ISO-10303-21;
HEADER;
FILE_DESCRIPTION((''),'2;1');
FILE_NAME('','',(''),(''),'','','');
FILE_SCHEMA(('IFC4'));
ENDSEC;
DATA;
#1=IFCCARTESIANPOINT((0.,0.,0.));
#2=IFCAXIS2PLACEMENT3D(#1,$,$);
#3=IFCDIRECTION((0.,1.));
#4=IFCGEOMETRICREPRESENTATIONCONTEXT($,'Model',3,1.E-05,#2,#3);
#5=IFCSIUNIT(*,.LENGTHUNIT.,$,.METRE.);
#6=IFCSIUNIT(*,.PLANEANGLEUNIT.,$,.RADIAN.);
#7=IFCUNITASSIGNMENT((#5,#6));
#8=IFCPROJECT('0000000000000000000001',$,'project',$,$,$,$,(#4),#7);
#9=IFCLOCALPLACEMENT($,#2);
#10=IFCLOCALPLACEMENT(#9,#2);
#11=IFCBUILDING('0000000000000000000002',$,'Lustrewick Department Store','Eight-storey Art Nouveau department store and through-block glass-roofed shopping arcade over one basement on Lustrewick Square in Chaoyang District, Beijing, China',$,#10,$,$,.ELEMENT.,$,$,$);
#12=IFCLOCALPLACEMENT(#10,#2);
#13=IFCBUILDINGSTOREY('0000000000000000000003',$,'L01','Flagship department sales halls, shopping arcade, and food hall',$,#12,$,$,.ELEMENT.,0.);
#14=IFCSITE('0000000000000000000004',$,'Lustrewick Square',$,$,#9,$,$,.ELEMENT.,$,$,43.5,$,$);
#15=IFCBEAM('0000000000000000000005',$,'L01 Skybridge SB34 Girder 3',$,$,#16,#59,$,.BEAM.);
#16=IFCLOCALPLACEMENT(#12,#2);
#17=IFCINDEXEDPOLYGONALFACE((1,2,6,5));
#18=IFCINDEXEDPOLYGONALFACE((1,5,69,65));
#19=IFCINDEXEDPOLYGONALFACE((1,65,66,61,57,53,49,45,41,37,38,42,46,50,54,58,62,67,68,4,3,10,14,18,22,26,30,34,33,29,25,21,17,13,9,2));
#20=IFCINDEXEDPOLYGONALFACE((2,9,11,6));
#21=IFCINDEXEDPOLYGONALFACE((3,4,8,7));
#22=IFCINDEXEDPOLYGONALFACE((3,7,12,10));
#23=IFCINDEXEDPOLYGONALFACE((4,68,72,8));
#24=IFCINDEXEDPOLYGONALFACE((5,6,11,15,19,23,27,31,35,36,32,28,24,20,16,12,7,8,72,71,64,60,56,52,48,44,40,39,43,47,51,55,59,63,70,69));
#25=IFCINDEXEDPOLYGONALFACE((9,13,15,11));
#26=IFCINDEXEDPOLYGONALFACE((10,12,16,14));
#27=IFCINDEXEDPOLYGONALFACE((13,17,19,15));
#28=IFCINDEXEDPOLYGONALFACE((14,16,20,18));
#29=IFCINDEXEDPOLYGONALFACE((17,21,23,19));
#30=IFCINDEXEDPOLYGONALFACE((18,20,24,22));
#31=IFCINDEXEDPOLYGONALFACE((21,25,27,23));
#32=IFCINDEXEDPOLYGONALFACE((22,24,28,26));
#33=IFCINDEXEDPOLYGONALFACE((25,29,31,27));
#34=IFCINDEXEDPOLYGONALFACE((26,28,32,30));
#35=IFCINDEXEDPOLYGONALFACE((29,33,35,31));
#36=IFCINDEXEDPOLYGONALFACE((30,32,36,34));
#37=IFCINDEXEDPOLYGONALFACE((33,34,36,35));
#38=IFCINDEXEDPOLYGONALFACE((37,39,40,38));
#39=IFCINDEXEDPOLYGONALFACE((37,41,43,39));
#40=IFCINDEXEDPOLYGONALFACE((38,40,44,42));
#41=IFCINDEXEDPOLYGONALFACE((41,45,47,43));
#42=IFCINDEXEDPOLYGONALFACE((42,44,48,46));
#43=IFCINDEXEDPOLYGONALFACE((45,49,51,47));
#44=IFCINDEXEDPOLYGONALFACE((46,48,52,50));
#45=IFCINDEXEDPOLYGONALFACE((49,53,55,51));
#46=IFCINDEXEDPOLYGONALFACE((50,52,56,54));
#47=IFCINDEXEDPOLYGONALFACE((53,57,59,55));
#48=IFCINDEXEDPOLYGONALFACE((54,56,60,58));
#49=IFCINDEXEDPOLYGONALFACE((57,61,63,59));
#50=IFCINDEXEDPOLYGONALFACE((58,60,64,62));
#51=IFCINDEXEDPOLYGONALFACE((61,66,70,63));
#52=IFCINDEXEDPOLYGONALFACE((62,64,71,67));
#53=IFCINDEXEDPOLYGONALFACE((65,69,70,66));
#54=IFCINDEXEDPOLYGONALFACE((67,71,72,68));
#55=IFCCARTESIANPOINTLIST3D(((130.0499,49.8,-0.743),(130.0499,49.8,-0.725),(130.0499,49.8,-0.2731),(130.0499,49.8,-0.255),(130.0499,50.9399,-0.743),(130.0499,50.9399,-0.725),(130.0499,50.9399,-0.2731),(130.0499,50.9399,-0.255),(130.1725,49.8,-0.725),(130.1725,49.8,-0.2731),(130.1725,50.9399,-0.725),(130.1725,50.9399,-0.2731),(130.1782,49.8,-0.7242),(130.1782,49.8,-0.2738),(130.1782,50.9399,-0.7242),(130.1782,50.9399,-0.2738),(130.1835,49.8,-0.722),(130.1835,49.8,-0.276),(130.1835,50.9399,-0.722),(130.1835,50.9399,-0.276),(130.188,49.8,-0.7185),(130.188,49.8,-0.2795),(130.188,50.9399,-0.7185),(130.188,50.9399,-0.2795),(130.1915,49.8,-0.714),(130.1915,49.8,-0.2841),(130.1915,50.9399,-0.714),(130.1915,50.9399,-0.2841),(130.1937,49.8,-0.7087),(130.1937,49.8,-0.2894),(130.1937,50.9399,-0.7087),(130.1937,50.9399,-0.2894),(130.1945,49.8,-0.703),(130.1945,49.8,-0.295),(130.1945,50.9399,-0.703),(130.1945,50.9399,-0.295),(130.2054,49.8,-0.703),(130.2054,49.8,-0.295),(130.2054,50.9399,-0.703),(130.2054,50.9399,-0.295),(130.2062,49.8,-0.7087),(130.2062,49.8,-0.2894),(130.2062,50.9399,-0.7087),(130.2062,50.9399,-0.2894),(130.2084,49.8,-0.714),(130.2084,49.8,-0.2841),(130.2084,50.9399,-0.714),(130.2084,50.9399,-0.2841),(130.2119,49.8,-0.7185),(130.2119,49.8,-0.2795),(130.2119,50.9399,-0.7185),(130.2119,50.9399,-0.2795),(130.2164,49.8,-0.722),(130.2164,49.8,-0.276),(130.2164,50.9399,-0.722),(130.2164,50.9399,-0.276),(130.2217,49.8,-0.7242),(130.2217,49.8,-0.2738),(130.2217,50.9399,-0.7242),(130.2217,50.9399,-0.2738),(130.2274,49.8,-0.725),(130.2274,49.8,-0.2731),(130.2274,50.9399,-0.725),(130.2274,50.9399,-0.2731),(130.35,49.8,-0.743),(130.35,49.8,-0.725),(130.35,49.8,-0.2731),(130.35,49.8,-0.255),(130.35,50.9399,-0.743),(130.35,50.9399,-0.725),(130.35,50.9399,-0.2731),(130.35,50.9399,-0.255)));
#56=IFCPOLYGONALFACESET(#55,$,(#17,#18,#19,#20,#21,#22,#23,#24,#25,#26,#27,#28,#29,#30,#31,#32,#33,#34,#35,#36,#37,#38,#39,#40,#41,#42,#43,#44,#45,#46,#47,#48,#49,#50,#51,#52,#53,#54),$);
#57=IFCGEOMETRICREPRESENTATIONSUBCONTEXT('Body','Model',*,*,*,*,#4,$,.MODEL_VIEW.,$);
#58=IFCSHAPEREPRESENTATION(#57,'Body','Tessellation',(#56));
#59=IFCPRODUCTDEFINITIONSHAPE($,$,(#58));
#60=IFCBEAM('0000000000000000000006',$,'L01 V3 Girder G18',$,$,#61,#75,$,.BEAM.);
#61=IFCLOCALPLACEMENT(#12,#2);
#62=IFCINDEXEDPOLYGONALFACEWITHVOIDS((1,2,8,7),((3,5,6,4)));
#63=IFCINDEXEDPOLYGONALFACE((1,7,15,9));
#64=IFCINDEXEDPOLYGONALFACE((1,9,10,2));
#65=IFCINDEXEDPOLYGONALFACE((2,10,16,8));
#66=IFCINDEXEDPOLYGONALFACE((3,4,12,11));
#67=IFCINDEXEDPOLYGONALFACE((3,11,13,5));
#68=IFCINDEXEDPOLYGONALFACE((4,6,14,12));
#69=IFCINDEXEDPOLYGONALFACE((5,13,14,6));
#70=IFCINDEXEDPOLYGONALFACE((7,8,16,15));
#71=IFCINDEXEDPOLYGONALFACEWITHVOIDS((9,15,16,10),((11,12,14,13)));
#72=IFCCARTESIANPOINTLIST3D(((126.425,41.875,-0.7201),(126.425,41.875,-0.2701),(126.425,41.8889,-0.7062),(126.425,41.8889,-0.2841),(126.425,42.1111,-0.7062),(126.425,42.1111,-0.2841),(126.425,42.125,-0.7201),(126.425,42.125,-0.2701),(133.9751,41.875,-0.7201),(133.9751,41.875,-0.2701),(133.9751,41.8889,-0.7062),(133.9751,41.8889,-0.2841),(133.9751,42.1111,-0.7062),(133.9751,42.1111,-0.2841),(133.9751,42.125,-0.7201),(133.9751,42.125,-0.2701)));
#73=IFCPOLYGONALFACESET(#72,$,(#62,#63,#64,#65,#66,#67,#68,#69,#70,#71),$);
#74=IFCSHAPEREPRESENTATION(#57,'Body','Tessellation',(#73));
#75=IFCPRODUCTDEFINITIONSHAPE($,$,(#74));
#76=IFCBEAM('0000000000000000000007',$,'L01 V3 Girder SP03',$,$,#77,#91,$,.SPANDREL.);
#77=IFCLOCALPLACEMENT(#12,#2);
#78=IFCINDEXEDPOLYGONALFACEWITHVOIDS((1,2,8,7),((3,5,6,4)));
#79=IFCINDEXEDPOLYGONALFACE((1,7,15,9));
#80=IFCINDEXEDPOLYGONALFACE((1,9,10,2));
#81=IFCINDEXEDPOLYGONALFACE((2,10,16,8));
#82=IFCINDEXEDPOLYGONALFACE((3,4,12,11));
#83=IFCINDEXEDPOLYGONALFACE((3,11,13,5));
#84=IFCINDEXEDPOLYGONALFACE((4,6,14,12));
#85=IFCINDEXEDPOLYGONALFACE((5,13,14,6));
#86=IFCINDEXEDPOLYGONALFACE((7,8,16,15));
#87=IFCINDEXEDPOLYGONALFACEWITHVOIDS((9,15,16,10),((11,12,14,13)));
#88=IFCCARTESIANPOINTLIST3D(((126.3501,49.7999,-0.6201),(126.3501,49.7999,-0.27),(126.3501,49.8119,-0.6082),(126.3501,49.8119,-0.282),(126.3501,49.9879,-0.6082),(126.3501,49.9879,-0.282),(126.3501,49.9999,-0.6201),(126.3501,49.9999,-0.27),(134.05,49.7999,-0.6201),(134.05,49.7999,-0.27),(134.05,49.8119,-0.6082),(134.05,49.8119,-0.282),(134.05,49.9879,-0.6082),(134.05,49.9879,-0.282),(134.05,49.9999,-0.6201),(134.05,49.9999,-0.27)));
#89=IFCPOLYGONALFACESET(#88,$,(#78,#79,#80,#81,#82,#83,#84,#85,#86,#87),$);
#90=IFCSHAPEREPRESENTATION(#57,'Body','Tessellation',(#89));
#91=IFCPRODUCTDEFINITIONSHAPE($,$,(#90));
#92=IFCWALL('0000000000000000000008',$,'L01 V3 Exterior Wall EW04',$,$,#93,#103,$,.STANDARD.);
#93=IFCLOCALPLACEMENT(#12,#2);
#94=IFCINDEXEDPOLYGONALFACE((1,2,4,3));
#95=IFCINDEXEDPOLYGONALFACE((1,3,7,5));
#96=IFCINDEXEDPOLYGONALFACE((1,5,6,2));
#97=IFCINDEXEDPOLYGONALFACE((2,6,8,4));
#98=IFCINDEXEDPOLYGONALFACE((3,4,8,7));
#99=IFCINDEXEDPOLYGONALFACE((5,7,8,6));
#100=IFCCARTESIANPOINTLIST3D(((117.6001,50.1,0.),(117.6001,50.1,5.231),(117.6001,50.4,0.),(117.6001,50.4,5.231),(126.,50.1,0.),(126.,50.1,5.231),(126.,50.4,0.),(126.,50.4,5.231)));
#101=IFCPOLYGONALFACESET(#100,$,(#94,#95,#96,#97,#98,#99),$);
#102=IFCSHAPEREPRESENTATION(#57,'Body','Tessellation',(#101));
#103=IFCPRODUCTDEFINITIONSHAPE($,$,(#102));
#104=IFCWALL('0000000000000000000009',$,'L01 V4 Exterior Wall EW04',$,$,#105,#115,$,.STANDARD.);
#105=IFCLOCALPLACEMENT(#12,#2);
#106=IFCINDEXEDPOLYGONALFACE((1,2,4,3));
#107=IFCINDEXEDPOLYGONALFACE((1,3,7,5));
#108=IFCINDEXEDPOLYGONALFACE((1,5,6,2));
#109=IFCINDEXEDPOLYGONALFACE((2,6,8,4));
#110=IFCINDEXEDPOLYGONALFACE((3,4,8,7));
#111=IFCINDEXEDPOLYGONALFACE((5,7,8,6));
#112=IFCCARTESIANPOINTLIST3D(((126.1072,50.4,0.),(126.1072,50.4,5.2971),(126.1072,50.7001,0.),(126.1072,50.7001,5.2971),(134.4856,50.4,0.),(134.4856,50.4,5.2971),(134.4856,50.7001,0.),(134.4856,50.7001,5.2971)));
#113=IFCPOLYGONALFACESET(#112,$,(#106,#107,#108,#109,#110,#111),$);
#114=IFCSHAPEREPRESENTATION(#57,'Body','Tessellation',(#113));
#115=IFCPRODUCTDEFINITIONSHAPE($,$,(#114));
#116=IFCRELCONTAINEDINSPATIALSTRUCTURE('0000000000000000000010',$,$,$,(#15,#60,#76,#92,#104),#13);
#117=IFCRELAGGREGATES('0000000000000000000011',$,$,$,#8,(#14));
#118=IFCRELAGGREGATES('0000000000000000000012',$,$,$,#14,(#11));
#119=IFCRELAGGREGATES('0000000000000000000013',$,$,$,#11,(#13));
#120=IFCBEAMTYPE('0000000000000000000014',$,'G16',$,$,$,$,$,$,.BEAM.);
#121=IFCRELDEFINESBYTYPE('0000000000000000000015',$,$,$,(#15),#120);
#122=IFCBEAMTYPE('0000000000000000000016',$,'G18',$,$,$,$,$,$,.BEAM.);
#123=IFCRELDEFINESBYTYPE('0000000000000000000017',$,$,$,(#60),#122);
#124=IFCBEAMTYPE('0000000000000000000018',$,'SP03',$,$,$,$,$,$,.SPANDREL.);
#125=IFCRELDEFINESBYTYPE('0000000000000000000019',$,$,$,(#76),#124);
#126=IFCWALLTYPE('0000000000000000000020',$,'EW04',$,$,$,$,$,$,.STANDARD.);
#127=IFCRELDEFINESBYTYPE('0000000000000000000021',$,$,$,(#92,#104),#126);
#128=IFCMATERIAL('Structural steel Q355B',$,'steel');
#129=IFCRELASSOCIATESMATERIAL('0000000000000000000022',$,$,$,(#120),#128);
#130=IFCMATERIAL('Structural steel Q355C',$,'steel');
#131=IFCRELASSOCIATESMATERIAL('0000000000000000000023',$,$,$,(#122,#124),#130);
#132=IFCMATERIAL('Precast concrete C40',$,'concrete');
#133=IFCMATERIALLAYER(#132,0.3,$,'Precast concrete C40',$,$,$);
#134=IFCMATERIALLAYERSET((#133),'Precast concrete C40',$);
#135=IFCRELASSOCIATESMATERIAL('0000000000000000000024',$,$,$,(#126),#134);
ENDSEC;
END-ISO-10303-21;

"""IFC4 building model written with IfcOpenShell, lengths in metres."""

from ifc_helpers import new_model, si_unit, direction, frame, frame_2d, origin, origin_2d, place, context, subcontext, project, spatial, rectangle, hollow_rectangle, i_section, extrude, material, layer, layer_set, material_profile, profile_set, type_object, element, save


model = new_model("IFC4")

# Units and contexts
model_context = context("Model", 3, precision=1e-05, world=origin(), true_north=direction((0.0, 1.0)))
body_context = subcontext(model_context, "Body", "Model", "MODEL_VIEW")
ifc_project = project(units=[si_unit("LENGTHUNIT", "METRE"), si_unit("PLANEANGLEUNIT", "RADIAN")], contexts=[model_context])

# Site, building, storey
site_placement = place(None, origin())
site = spatial("IfcSite", under=ifc_project, at=site_placement, Name="Lustrewick Square", CompositionType="ELEMENT", RefElevation=43.5)
building_placement = place(site_placement, origin())
building = spatial("IfcBuilding", under=site, at=building_placement, Name="Lustrewick Department Store", Description="Eight-storey Art Nouveau department store and through-block glass-roofed shopping arcade over one basement on Lustrewick Square in Chaoyang District, Beijing, China", CompositionType="ELEMENT")
storey_placement = place(building_placement, origin())
storey = spatial("IfcBuildingStorey", under=building, at=storey_placement, Name="L01", Description="Flagship department sales halls, shopping arcade, and food hall", CompositionType="ELEMENT", Elevation=0.0)

# Shared definitions
ifc_material_1 = material(Name="Structural steel Q355B", Category="steel")

# Shared definitions
ifc_material_2 = material(Name="Structural steel Q355C", Category="steel")

# Beams
ifc_material_profile_1 = material_profile(ifc_material_1, i_section(OverallWidth=0.3, OverallDepth=0.488, WebThickness=0.011, FlangeThickness=0.0181, FilletRadius=0.022, at=origin_2d()), Name="HM 488x300x11x18")
ifc_profile_set_1 = profile_set([ifc_material_profile_1], Name="Structural steel Q355B")
beam_type_1 = type_object("IfcBeamType", Name="G16", PredefinedType="BEAM", material=ifc_profile_set_1)
for number, where, z_axis, x_axis, name in (
    (1, (130.2, 49.8, -0.499), (0.0, 1.0, 0.0), (-1.0, 0.0, 0.0), "L01 Skybridge SB34 Girder 3"),
):
    element("IfcBeam", number, at=place(storey_placement, frame(where, z_axis=z_axis, x_axis=x_axis)), inside=storey, type_object=beam_type_1, Name=name, PredefinedType="BEAM", context=body_context, shape_type="SweptSolid", body=[
        extrude(i_section(OverallWidth=0.3, OverallDepth=0.488, WebThickness=0.011, FlangeThickness=0.0181, FilletRadius=0.022, at=origin_2d()), origin(), (0.0, 0.0, 1.0), 1.1399),
    ])
ifc_material_profile_2 = material_profile(ifc_material_2, hollow_rectangle(XDim=0.25, YDim=0.45, WallThickness=0.0139, at=origin_2d()), Name="RHS 450x250x14")
ifc_profile_set_2 = profile_set([ifc_material_profile_2], Name="Structural steel Q355C")
beam_type_2 = type_object("IfcBeamType", Name="G18", PredefinedType="BEAM", material=ifc_profile_set_2)
beam_1_placement = place(storey_placement, frame((126.425, 42.0, -0.4951), z_axis=(1.0, 0.0, 0.0), x_axis=(0.0, 1.0, 0.0)))
element("IfcBeam", 2, at=beam_1_placement, inside=storey, type_object=beam_type_2, Name="L01 V3 Girder G18", PredefinedType="BEAM", context=body_context, shape_type="SweptSolid", body=[
    extrude(hollow_rectangle(XDim=0.25, YDim=0.45, WallThickness=0.0139, at=origin_2d()), origin(), (0.0, 0.0, 1.0), 7.55),
])
ifc_material_profile_3 = material_profile(ifc_material_2, hollow_rectangle(XDim=0.2, YDim=0.3501, WallThickness=0.012, at=origin_2d()), Name="RHS 350x200x12")
ifc_profile_set_3 = profile_set([ifc_material_profile_3], Name="Structural steel Q355C")
beam_type_3 = type_object("IfcBeamType", Name="SP03", PredefinedType="SPANDREL", material=ifc_profile_set_3)
beam_2_placement = place(storey_placement, frame((126.3501, 49.8999, -0.4451), z_axis=(1.0, 0.0, 0.0), x_axis=(0.0, 1.0, 0.0)))
element("IfcBeam", 3, at=beam_2_placement, inside=storey, type_object=beam_type_3, Name="L01 V3 Girder SP03", PredefinedType="SPANDREL", context=body_context, shape_type="SweptSolid", body=[
    extrude(hollow_rectangle(XDim=0.2, YDim=0.3501, WallThickness=0.012, at=origin_2d()), origin(), (0.0, 0.0, 1.0), 7.7),
])

# Walls
ifc_material_3 = material(Name="Precast concrete C40", Category="concrete")
ifc_layer = layer(ifc_material_3, 0.3, Name="Precast concrete C40")
ifc_layer_set = layer_set([ifc_layer], Name="Precast concrete C40")
wall_type = type_object("IfcWallType", Name="EW04", PredefinedType="STANDARD", material=ifc_layer_set)
wall_1_placement = place(storey_placement, frame((126.0, 50.25, 0.0), z_axis=(0.0, 0.0, 1.0), x_axis=(-1.0, 0.0, 0.0)))
element("IfcWall", 4, at=wall_1_placement, inside=storey, type_object=wall_type, Name="L01 V3 Exterior Wall EW04", PredefinedType="STANDARD", context=body_context, shape_type="SweptSolid", body=[
    extrude(rectangle(XDim=8.3999, YDim=0.3, at=frame_2d((4.2, 0.0))), origin(), (0.0, 0.0, 1.0), 5.231),
])
wall_2_placement = place(storey_placement, frame((126.1072, 50.55, 0.0), z_axis=(0.0, 0.0, 1.0), x_axis=(1.0, 0.0, 0.0)))
element("IfcWall", 5, at=wall_2_placement, inside=storey, type_object=wall_type, Name="L01 V4 Exterior Wall EW04", PredefinedType="STANDARD", context=body_context, shape_type="SweptSolid", body=[
    extrude(rectangle(XDim=8.3784, YDim=0.3, at=frame_2d((4.1892, 0.0))), origin(), (0.0, 0.0, 1.0), 5.2971),
])

save(model, "model.ifc")
